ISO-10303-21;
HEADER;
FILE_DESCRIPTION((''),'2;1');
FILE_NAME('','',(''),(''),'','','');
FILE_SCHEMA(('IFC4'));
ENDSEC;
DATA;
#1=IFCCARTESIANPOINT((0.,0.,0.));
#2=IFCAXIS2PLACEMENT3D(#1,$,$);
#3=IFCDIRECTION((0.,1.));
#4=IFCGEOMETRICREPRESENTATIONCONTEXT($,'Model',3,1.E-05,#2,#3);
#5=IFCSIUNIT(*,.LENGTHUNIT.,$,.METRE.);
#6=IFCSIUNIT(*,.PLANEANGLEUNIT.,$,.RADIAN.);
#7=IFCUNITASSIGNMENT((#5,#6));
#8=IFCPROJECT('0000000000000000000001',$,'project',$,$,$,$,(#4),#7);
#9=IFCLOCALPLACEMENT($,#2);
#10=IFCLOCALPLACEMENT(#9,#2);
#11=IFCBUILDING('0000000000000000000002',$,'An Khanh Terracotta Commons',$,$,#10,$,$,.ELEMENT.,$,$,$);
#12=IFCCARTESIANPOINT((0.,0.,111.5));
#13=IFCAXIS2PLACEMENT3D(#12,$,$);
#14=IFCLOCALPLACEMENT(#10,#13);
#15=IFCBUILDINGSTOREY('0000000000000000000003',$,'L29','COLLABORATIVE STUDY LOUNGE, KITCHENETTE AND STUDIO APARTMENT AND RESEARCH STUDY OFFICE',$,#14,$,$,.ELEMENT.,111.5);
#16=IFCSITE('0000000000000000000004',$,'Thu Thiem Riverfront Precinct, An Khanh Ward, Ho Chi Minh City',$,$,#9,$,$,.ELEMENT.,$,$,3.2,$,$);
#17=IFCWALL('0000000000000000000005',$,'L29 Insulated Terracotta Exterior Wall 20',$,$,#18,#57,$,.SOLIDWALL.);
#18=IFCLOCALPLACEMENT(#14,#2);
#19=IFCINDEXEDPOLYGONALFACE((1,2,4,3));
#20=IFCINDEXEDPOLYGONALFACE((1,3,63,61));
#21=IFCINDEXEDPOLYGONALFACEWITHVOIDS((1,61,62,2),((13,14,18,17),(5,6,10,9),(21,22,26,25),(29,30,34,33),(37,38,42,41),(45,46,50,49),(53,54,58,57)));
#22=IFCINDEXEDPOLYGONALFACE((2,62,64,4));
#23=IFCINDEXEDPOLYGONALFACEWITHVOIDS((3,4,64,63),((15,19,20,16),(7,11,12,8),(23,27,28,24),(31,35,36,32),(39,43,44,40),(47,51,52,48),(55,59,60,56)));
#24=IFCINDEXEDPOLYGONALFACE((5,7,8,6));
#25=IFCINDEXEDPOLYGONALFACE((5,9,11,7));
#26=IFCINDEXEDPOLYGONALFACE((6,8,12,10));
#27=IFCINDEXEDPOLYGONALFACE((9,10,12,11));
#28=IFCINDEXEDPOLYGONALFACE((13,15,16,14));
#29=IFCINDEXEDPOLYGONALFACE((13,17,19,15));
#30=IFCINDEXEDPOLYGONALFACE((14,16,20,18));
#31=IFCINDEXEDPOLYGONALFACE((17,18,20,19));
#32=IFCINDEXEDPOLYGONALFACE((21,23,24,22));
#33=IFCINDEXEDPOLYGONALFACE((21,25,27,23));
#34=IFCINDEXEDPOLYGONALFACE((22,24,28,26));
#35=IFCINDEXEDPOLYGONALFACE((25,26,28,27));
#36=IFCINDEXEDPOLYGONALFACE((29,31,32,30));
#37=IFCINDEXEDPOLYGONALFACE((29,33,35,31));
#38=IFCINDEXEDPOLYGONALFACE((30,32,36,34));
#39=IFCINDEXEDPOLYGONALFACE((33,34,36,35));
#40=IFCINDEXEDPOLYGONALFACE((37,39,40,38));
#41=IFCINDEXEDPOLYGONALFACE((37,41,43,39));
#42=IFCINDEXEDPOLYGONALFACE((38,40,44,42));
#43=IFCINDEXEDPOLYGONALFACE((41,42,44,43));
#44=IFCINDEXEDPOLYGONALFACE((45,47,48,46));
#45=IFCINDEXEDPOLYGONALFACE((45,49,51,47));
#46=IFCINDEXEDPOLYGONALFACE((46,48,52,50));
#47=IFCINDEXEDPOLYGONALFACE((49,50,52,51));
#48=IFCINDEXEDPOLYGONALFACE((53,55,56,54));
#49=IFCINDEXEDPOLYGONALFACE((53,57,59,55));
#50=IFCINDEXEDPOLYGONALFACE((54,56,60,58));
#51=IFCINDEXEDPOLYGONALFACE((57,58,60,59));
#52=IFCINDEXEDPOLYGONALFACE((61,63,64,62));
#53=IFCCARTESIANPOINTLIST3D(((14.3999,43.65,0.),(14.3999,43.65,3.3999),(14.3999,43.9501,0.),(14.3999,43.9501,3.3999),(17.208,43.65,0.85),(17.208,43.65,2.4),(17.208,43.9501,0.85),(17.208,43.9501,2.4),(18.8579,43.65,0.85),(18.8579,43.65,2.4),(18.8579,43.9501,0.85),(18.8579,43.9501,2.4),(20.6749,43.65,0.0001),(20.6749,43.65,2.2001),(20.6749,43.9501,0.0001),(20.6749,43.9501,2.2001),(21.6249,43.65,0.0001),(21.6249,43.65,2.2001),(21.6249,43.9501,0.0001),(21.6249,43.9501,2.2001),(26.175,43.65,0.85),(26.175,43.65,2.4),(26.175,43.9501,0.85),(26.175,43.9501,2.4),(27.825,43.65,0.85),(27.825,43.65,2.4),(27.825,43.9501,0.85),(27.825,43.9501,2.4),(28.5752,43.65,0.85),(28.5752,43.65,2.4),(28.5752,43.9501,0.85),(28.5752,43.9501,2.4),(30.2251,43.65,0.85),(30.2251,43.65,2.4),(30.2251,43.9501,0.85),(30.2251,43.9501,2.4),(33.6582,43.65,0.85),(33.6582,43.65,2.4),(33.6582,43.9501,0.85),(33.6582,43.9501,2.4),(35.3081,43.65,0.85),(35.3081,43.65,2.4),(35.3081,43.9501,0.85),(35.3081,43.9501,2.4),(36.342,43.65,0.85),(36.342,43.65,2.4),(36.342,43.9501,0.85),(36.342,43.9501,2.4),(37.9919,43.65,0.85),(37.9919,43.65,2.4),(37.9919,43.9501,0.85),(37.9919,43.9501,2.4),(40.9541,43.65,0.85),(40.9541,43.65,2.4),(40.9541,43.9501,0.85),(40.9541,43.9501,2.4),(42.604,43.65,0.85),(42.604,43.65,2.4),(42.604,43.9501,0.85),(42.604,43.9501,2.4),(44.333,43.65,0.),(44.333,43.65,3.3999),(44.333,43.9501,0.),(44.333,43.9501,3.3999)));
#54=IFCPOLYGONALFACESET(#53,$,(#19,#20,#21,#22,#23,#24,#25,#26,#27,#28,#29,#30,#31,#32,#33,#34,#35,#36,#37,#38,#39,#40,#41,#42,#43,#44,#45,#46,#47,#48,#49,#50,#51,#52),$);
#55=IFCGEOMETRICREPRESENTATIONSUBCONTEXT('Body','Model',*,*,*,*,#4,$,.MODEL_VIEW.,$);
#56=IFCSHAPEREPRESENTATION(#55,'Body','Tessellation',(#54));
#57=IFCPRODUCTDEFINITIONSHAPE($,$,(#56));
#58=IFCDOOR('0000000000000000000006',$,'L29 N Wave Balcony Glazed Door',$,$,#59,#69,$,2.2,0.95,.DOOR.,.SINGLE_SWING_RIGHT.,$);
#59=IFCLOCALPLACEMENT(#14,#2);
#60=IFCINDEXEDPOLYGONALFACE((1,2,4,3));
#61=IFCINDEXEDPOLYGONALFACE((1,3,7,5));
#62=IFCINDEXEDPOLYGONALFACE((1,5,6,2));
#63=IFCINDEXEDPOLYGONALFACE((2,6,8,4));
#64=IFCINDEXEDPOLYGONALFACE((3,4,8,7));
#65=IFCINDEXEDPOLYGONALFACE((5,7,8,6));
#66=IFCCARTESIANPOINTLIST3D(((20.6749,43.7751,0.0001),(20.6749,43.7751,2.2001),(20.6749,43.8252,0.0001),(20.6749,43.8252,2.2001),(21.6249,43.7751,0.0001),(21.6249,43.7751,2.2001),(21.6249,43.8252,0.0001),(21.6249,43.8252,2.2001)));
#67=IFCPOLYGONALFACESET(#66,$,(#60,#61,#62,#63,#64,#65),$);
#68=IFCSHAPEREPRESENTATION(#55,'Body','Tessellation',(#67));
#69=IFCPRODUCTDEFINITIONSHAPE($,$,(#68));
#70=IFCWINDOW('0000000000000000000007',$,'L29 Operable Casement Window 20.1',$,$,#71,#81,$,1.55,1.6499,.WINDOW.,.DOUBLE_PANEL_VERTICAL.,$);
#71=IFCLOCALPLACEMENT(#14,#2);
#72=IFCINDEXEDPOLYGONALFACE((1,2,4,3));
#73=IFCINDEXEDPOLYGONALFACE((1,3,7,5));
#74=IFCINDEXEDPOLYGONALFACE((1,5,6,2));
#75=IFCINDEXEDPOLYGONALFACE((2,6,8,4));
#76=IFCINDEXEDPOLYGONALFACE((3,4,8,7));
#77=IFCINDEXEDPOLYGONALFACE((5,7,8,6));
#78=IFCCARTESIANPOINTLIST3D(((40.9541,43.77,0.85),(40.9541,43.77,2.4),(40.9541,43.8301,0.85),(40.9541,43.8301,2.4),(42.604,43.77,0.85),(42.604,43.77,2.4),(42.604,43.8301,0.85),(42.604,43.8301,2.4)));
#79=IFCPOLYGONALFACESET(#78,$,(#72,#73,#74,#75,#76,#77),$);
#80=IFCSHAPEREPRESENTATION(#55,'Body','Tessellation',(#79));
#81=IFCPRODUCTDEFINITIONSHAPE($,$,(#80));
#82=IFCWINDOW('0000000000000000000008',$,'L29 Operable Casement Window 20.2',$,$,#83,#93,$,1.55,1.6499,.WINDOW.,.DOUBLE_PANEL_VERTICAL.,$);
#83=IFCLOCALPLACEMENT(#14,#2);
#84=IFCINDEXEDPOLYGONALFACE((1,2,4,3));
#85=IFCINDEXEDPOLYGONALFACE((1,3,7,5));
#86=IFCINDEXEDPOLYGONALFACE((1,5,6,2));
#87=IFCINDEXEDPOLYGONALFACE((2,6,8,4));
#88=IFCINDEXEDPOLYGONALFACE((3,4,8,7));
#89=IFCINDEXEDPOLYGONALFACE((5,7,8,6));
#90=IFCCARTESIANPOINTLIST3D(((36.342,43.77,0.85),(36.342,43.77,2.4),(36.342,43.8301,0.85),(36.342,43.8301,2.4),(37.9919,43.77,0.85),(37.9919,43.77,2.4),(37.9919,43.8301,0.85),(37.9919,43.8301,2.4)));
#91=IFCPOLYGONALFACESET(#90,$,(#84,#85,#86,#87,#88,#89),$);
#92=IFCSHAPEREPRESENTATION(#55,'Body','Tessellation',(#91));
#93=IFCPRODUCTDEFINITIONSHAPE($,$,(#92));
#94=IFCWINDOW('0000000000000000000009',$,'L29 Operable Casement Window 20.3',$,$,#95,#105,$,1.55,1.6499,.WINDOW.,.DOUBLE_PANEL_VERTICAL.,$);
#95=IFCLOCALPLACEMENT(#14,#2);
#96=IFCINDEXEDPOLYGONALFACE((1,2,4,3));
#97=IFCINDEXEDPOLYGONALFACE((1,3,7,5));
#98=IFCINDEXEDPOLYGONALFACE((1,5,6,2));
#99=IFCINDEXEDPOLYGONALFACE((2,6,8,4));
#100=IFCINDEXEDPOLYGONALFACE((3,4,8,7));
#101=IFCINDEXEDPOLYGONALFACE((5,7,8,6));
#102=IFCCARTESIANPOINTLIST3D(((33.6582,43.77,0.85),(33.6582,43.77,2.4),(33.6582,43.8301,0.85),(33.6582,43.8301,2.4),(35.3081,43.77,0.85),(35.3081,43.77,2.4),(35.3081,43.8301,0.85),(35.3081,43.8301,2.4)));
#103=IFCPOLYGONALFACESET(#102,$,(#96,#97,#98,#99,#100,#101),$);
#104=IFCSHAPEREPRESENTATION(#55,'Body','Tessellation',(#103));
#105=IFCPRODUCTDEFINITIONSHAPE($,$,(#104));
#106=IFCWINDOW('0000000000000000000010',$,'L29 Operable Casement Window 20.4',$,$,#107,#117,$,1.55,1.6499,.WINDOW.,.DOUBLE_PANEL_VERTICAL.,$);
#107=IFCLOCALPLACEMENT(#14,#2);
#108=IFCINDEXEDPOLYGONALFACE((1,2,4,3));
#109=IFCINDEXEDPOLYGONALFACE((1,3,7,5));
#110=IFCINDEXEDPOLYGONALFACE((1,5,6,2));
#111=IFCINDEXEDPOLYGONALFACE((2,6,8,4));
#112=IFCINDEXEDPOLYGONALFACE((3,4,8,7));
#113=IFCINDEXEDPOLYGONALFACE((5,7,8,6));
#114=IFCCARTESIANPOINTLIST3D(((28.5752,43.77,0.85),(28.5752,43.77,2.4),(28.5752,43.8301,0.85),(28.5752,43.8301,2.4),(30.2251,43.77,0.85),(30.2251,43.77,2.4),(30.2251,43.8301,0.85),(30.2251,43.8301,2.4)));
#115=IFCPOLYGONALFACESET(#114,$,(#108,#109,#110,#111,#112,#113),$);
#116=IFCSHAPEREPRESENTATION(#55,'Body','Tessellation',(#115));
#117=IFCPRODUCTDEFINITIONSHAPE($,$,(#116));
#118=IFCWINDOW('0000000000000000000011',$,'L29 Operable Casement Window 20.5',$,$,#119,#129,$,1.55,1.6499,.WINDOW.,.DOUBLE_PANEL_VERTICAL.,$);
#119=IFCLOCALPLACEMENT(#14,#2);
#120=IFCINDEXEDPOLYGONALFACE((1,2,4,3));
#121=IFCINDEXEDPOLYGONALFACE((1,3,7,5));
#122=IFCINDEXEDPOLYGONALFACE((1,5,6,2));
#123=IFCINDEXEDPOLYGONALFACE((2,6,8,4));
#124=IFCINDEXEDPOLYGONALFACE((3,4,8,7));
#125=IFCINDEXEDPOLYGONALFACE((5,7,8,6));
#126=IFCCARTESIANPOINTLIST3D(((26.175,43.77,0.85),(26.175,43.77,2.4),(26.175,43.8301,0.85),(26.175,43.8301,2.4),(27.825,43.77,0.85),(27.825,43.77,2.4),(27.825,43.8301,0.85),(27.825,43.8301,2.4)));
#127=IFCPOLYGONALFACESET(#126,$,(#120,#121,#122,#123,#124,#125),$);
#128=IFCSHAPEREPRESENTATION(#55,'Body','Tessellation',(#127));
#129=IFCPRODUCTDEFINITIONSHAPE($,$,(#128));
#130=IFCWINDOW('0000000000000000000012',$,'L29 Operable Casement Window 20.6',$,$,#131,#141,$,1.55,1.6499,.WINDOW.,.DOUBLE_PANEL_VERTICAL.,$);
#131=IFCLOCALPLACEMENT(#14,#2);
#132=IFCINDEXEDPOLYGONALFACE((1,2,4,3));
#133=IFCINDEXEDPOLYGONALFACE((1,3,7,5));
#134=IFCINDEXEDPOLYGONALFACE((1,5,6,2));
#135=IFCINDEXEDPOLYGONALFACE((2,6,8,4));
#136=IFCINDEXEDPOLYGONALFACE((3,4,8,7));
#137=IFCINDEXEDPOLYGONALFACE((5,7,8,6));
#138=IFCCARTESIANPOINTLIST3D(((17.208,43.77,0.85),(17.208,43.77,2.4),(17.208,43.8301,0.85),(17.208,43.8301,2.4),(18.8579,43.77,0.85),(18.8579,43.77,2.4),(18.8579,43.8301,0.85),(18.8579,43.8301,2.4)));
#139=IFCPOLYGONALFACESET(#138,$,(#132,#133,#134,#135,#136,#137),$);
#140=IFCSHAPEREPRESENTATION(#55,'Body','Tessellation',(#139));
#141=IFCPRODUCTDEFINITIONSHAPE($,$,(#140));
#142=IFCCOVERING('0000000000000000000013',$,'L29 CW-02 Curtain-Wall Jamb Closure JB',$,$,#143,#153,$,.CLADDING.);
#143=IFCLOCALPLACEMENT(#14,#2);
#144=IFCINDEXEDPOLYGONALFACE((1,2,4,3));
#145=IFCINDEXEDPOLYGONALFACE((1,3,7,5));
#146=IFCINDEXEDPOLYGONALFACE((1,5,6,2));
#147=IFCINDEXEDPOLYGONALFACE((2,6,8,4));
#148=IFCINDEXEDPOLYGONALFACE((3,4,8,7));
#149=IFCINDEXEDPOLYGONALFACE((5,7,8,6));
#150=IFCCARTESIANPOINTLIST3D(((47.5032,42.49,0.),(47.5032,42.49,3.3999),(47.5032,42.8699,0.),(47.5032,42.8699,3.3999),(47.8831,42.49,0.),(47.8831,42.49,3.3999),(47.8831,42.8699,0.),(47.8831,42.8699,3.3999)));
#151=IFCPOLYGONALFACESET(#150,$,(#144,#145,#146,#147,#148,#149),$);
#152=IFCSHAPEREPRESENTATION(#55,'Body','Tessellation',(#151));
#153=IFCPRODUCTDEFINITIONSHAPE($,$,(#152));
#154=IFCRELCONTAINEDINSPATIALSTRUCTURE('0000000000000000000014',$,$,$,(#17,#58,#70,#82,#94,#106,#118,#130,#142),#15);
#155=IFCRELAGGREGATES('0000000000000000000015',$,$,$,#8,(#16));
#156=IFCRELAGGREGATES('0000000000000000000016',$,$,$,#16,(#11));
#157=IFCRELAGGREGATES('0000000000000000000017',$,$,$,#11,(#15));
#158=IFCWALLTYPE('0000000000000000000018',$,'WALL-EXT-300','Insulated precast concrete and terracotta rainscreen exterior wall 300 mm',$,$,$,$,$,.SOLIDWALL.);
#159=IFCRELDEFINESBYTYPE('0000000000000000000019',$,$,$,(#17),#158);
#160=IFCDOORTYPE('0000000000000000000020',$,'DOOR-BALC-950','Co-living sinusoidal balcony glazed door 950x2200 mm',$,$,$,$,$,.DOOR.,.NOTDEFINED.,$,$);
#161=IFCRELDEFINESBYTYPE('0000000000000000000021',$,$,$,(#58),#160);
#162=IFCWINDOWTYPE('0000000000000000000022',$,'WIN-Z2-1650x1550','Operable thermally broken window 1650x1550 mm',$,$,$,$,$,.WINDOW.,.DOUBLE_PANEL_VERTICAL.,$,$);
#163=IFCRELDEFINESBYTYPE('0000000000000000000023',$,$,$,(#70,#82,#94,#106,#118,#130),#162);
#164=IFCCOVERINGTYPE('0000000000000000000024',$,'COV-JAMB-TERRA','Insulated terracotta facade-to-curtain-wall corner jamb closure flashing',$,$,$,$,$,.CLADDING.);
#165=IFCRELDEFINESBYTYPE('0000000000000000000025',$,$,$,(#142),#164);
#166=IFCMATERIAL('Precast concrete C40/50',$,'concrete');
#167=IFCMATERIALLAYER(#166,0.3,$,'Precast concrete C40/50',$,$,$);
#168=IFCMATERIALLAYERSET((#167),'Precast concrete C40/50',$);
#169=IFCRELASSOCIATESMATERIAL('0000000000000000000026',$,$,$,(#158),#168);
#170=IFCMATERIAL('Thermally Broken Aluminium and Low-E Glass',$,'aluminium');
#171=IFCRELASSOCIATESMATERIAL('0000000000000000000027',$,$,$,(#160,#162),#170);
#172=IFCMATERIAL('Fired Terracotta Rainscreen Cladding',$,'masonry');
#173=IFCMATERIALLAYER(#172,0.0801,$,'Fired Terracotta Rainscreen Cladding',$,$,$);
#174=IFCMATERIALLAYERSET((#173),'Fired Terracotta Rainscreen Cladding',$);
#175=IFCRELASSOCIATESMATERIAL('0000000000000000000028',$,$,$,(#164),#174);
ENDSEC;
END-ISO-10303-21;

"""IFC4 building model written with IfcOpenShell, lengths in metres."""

from ifc_helpers import new_model, si_unit, direction, frame, frame_2d, origin, origin_2d, place, context, subcontext, project, spatial, rectangle, extrude, material, layer, layer_set, type_object, element, fill, save


model = new_model("IFC4")

# Units and contexts
model_context = context("Model", 3, precision=1e-05, world=origin(), true_north=direction((0.0, 1.0)))
body_context = subcontext(model_context, "Body", "Model", "MODEL_VIEW")
ifc_project = project(units=[si_unit("LENGTHUNIT", "METRE"), si_unit("PLANEANGLEUNIT", "RADIAN")], contexts=[model_context])

# Site, building, storey
site_placement = place(None, origin())
site = spatial("IfcSite", under=ifc_project, at=site_placement, Name="Thu Thiem Riverfront Precinct, An Khanh Ward, Ho Chi Minh City", CompositionType="ELEMENT", RefElevation=3.2)
building_placement = place(site_placement, origin())
building = spatial("IfcBuilding", under=site, at=building_placement, Name="An Khanh Terracotta Commons", CompositionType="ELEMENT")
storey_placement = place(building_placement, frame((0.0, 0.0, 111.5)))
storey = spatial("IfcBuildingStorey", under=building, at=storey_placement, Name="L29", Description="COLLABORATIVE STUDY LOUNGE, KITCHENETTE AND STUDIO APARTMENT AND RESEARCH STUDY OFFICE", CompositionType="ELEMENT", Elevation=111.5)

# Shared definitions
ifc_material_1 = material(Name="Precast concrete C40/50", Category="concrete")
ifc_layer_1 = layer(ifc_material_1, 0.3, Name="Precast concrete C40/50")
ifc_layer_set_1 = layer_set([ifc_layer_1], Name="Precast concrete C40/50")
wall_type = type_object("IfcWallType", Name="WALL-EXT-300", Description="Insulated precast concrete and terracotta rainscreen exterior wall 300 mm", PredefinedType="SOLIDWALL", material=ifc_layer_set_1)

# Wall, openings, door, windows
wall_1_placement = place(storey_placement, frame((44.333, 43.8, 0.0), z_axis=(0.0, 0.0, 1.0), x_axis=(-1.0, 0.0, 0.0)))
wall_1 = element("IfcWall", 1, at=wall_1_placement, inside=storey, type_object=wall_type, Name="L29 Insulated Terracotta Exterior Wall 20", PredefinedType="SOLIDWALL", context=body_context, shape_type="SweptSolid", body=[
    extrude(rectangle(XDim=29.9331, YDim=0.3, at=frame_2d((14.9666, 0.0))), origin(), (0.0, 0.0, 1.0), 3.3999),
])
opening_1_placement = place(wall_1_placement, frame((22.708, 0.0, 0.0)))
opening_1 = element("IfcOpeningElement", 2, at=opening_1_placement, cuts=wall_1, PredefinedType="OPENING", context=body_context, shape_type="SweptSolid", body=[
    extrude(rectangle(XDim=0.95, YDim=2.2, at=frame_2d((0.4751, 1.1001))), frame((0.0, 0.1599, 0.0), z_axis=(0.0, -1.0, 0.0), x_axis=(1.0, 0.0, 0.0)), (0.0, 0.0, 1.0), 0.3201),
])
opening_2_placement = place(wall_1_placement, frame((1.729, 0.0, 0.8501)))
opening_2 = element("IfcOpeningElement", 3, at=opening_2_placement, cuts=wall_1, PredefinedType="OPENING", context=body_context, shape_type="SweptSolid", body=[
    extrude(rectangle(XDim=1.6499, YDim=1.55, at=frame_2d((0.825, 0.7749))), frame((0.0, 0.1599, 0.0), z_axis=(0.0, -1.0, 0.0), x_axis=(1.0, 0.0, 0.0)), (0.0, 0.0, 1.0), 0.3201),
])
opening_3_placement = place(wall_1_placement, frame((6.3411, 0.0, 0.8501)))
opening_3 = element("IfcOpeningElement", 4, at=opening_3_placement, cuts=wall_1, PredefinedType="OPENING", context=body_context, shape_type="SweptSolid", body=[
    extrude(rectangle(XDim=1.6499, YDim=1.55, at=frame_2d((0.825, 0.7749))), frame((0.0, 0.1599, 0.0), z_axis=(0.0, -1.0, 0.0), x_axis=(1.0, 0.0, 0.0)), (0.0, 0.0, 1.0), 0.3201),
])
opening_4_placement = place(wall_1_placement, frame((9.0249, 0.0, 0.8501)))
opening_4 = element("IfcOpeningElement", 5, at=opening_4_placement, cuts=wall_1, PredefinedType="OPENING", context=body_context, shape_type="SweptSolid", body=[
    extrude(rectangle(XDim=1.6499, YDim=1.55, at=frame_2d((0.825, 0.7749))), frame((0.0, 0.1599, 0.0), z_axis=(0.0, -1.0, 0.0), x_axis=(1.0, 0.0, 0.0)), (0.0, 0.0, 1.0), 0.3201),
])
opening_5_placement = place(wall_1_placement, frame((14.1079, 0.0, 0.8501)))
opening_5 = element("IfcOpeningElement", 6, at=opening_5_placement, cuts=wall_1, PredefinedType="OPENING", context=body_context, shape_type="SweptSolid", body=[
    extrude(rectangle(XDim=1.6499, YDim=1.55, at=frame_2d((0.825, 0.7749))), frame((0.0, 0.1599, 0.0), z_axis=(0.0, -1.0, 0.0), x_axis=(1.0, 0.0, 0.0)), (0.0, 0.0, 1.0), 0.3201),
])
opening_6_placement = place(wall_1_placement, frame((16.5081, 0.0, 0.8501)))
opening_6 = element("IfcOpeningElement", 7, at=opening_6_placement, cuts=wall_1, PredefinedType="OPENING", context=body_context, shape_type="SweptSolid", body=[
    extrude(rectangle(XDim=1.6499, YDim=1.55, at=frame_2d((0.825, 0.7749))), frame((0.0, 0.1599, 0.0), z_axis=(0.0, -1.0, 0.0), x_axis=(1.0, 0.0, 0.0)), (0.0, 0.0, 1.0), 0.3201),
])
opening_7_placement = place(wall_1_placement, frame((25.4751, 0.0, 0.8501)))
opening_7 = element("IfcOpeningElement", 8, at=opening_7_placement, cuts=wall_1, PredefinedType="OPENING", context=body_context, shape_type="SweptSolid", body=[
    extrude(rectangle(XDim=1.6499, YDim=1.55, at=frame_2d((0.825, 0.7749))), frame((0.0, 0.1599, 0.0), z_axis=(0.0, -1.0, 0.0), x_axis=(1.0, 0.0, 0.0)), (0.0, 0.0, 1.0), 0.3201),
])
ifc_material_2 = material(Name="Thermally Broken Aluminium and Low-E Glass", Category="aluminium")
door_type = type_object("IfcDoorType", Name="DOOR-BALC-950", Description="Co-living sinusoidal balcony glazed door 950x2200 mm", OperationType="NOTDEFINED", PredefinedType="DOOR", material=ifc_material_2)
door_placement = place(opening_1_placement, origin())
door = element("IfcDoor", 9, at=door_placement, inside=storey, type_object=door_type, Name="L29 N Wave Balcony Glazed Door", OperationType="SINGLE_SWING_RIGHT", OverallHeight=2.2, OverallWidth=0.95, PredefinedType="DOOR", context=body_context, shape_type="SweptSolid", body=[
    extrude(rectangle(XDim=0.95, YDim=2.2, at=frame_2d((0.4751, 1.1001))), frame((0.0, 0.0249, 0.0), z_axis=(0.0, -1.0, 0.0), x_axis=(1.0, 0.0, 0.0)), (0.0, 0.0, 1.0), 0.05),
])
fill(opening_1, door)
window_type = type_object("IfcWindowType", Name="WIN-Z2-1650x1550", Description="Operable thermally broken window 1650x1550 mm", PartitioningType="DOUBLE_PANEL_VERTICAL", PredefinedType="WINDOW", material=ifc_material_2)
window_1_placement = place(opening_2_placement, origin())
window_1 = element("IfcWindow", 10, at=window_1_placement, inside=storey, type_object=window_type, Name="L29 Operable Casement Window 20.1", OverallHeight=1.55, OverallWidth=1.6499, PartitioningType="DOUBLE_PANEL_VERTICAL", PredefinedType="WINDOW", context=body_context, shape_type="SweptSolid", body=[
    extrude(rectangle(XDim=1.6499, YDim=1.55, at=frame_2d((0.825, 0.7749))), frame((0.0, 0.03, 0.0), z_axis=(0.0, -1.0, 0.0), x_axis=(1.0, 0.0, 0.0)), (0.0, 0.0, 1.0), 0.0601),
])
fill(opening_2, window_1)
window_2_placement = place(opening_3_placement, origin())
window_2 = element("IfcWindow", 11, at=window_2_placement, inside=storey, type_object=window_type, Name="L29 Operable Casement Window 20.2", OverallHeight=1.55, OverallWidth=1.6499, PartitioningType="DOUBLE_PANEL_VERTICAL", PredefinedType="WINDOW", context=body_context, shape_type="SweptSolid", body=[
    extrude(rectangle(XDim=1.6499, YDim=1.55, at=frame_2d((0.825, 0.7749))), frame((0.0, 0.03, 0.0), z_axis=(0.0, -1.0, 0.0), x_axis=(1.0, 0.0, 0.0)), (0.0, 0.0, 1.0), 0.0601),
])
fill(opening_3, window_2)
window_3_placement = place(opening_4_placement, origin())
window_3 = element("IfcWindow", 12, at=window_3_placement, inside=storey, type_object=window_type, Name="L29 Operable Casement Window 20.3", OverallHeight=1.55, OverallWidth=1.6499, PartitioningType="DOUBLE_PANEL_VERTICAL", PredefinedType="WINDOW", context=body_context, shape_type="SweptSolid", body=[
    extrude(rectangle(XDim=1.6499, YDim=1.55, at=frame_2d((0.825, 0.7749))), frame((0.0, 0.03, 0.0), z_axis=(0.0, -1.0, 0.0), x_axis=(1.0, 0.0, 0.0)), (0.0, 0.0, 1.0), 0.0601),
])
fill(opening_4, window_3)
window_4_placement = place(opening_5_placement, origin())
window_4 = element("IfcWindow", 13, at=window_4_placement, inside=storey, type_object=window_type, Name="L29 Operable Casement Window 20.4", OverallHeight=1.55, OverallWidth=1.6499, PartitioningType="DOUBLE_PANEL_VERTICAL", PredefinedType="WINDOW", context=body_context, shape_type="SweptSolid", body=[
    extrude(rectangle(XDim=1.6499, YDim=1.55, at=frame_2d((0.825, 0.7749))), frame((0.0, 0.03, 0.0), z_axis=(0.0, -1.0, 0.0), x_axis=(1.0, 0.0, 0.0)), (0.0, 0.0, 1.0), 0.0601),
])
fill(opening_5, window_4)
window_5_placement = place(opening_6_placement, origin())
window_5 = element("IfcWindow", 14, at=window_5_placement, inside=storey, type_object=window_type, Name="L29 Operable Casement Window 20.5", OverallHeight=1.55, OverallWidth=1.6499, PartitioningType="DOUBLE_PANEL_VERTICAL", PredefinedType="WINDOW", context=body_context, shape_type="SweptSolid", body=[
    extrude(rectangle(XDim=1.6499, YDim=1.55, at=frame_2d((0.825, 0.7749))), frame((0.0, 0.03, 0.0), z_axis=(0.0, -1.0, 0.0), x_axis=(1.0, 0.0, 0.0)), (0.0, 0.0, 1.0), 0.0601),
])
fill(opening_6, window_5)
window_6_placement = place(opening_7_placement, origin())
window_6 = element("IfcWindow", 15, at=window_6_placement, inside=storey, type_object=window_type, Name="L29 Operable Casement Window 20.6", OverallHeight=1.55, OverallWidth=1.6499, PartitioningType="DOUBLE_PANEL_VERTICAL", PredefinedType="WINDOW", context=body_context, shape_type="SweptSolid", body=[
    extrude(rectangle(XDim=1.6499, YDim=1.55, at=frame_2d((0.825, 0.7749))), frame((0.0, 0.03, 0.0), z_axis=(0.0, -1.0, 0.0), x_axis=(1.0, 0.0, 0.0)), (0.0, 0.0, 1.0), 0.0601),
])
fill(opening_7, window_6)

# Covering
ifc_material_3 = material(Name="Fired Terracotta Rainscreen Cladding", Category="masonry")
ifc_layer_2 = layer(ifc_material_3, 0.0801, Name="Fired Terracotta Rainscreen Cladding")
ifc_layer_set_2 = layer_set([ifc_layer_2], Name="Fired Terracotta Rainscreen Cladding")
covering_type = type_object("IfcCoveringType", Name="COV-JAMB-TERRA", Description="Insulated terracotta facade-to-curtain-wall corner jamb closure flashing", PredefinedType="CLADDING", material=ifc_layer_set_2)
covering_placement = place(storey_placement, frame((47.6931, 42.6799, 0.0), z_axis=(0.0, 0.0, 1.0), x_axis=(1.0, 0.0, 0.0)))
element("IfcCovering", 16, at=covering_placement, inside=storey, type_object=covering_type, Name="L29 CW-02 Curtain-Wall Jamb Closure JB", PredefinedType="CLADDING", context=body_context, shape_type="SweptSolid", body=[
    extrude(rectangle(XDim=0.3799, YDim=0.3799, at=origin_2d()), origin(), (0.0, 0.0, 1.0), 3.3999),
])

save(model, "model.ifc")
